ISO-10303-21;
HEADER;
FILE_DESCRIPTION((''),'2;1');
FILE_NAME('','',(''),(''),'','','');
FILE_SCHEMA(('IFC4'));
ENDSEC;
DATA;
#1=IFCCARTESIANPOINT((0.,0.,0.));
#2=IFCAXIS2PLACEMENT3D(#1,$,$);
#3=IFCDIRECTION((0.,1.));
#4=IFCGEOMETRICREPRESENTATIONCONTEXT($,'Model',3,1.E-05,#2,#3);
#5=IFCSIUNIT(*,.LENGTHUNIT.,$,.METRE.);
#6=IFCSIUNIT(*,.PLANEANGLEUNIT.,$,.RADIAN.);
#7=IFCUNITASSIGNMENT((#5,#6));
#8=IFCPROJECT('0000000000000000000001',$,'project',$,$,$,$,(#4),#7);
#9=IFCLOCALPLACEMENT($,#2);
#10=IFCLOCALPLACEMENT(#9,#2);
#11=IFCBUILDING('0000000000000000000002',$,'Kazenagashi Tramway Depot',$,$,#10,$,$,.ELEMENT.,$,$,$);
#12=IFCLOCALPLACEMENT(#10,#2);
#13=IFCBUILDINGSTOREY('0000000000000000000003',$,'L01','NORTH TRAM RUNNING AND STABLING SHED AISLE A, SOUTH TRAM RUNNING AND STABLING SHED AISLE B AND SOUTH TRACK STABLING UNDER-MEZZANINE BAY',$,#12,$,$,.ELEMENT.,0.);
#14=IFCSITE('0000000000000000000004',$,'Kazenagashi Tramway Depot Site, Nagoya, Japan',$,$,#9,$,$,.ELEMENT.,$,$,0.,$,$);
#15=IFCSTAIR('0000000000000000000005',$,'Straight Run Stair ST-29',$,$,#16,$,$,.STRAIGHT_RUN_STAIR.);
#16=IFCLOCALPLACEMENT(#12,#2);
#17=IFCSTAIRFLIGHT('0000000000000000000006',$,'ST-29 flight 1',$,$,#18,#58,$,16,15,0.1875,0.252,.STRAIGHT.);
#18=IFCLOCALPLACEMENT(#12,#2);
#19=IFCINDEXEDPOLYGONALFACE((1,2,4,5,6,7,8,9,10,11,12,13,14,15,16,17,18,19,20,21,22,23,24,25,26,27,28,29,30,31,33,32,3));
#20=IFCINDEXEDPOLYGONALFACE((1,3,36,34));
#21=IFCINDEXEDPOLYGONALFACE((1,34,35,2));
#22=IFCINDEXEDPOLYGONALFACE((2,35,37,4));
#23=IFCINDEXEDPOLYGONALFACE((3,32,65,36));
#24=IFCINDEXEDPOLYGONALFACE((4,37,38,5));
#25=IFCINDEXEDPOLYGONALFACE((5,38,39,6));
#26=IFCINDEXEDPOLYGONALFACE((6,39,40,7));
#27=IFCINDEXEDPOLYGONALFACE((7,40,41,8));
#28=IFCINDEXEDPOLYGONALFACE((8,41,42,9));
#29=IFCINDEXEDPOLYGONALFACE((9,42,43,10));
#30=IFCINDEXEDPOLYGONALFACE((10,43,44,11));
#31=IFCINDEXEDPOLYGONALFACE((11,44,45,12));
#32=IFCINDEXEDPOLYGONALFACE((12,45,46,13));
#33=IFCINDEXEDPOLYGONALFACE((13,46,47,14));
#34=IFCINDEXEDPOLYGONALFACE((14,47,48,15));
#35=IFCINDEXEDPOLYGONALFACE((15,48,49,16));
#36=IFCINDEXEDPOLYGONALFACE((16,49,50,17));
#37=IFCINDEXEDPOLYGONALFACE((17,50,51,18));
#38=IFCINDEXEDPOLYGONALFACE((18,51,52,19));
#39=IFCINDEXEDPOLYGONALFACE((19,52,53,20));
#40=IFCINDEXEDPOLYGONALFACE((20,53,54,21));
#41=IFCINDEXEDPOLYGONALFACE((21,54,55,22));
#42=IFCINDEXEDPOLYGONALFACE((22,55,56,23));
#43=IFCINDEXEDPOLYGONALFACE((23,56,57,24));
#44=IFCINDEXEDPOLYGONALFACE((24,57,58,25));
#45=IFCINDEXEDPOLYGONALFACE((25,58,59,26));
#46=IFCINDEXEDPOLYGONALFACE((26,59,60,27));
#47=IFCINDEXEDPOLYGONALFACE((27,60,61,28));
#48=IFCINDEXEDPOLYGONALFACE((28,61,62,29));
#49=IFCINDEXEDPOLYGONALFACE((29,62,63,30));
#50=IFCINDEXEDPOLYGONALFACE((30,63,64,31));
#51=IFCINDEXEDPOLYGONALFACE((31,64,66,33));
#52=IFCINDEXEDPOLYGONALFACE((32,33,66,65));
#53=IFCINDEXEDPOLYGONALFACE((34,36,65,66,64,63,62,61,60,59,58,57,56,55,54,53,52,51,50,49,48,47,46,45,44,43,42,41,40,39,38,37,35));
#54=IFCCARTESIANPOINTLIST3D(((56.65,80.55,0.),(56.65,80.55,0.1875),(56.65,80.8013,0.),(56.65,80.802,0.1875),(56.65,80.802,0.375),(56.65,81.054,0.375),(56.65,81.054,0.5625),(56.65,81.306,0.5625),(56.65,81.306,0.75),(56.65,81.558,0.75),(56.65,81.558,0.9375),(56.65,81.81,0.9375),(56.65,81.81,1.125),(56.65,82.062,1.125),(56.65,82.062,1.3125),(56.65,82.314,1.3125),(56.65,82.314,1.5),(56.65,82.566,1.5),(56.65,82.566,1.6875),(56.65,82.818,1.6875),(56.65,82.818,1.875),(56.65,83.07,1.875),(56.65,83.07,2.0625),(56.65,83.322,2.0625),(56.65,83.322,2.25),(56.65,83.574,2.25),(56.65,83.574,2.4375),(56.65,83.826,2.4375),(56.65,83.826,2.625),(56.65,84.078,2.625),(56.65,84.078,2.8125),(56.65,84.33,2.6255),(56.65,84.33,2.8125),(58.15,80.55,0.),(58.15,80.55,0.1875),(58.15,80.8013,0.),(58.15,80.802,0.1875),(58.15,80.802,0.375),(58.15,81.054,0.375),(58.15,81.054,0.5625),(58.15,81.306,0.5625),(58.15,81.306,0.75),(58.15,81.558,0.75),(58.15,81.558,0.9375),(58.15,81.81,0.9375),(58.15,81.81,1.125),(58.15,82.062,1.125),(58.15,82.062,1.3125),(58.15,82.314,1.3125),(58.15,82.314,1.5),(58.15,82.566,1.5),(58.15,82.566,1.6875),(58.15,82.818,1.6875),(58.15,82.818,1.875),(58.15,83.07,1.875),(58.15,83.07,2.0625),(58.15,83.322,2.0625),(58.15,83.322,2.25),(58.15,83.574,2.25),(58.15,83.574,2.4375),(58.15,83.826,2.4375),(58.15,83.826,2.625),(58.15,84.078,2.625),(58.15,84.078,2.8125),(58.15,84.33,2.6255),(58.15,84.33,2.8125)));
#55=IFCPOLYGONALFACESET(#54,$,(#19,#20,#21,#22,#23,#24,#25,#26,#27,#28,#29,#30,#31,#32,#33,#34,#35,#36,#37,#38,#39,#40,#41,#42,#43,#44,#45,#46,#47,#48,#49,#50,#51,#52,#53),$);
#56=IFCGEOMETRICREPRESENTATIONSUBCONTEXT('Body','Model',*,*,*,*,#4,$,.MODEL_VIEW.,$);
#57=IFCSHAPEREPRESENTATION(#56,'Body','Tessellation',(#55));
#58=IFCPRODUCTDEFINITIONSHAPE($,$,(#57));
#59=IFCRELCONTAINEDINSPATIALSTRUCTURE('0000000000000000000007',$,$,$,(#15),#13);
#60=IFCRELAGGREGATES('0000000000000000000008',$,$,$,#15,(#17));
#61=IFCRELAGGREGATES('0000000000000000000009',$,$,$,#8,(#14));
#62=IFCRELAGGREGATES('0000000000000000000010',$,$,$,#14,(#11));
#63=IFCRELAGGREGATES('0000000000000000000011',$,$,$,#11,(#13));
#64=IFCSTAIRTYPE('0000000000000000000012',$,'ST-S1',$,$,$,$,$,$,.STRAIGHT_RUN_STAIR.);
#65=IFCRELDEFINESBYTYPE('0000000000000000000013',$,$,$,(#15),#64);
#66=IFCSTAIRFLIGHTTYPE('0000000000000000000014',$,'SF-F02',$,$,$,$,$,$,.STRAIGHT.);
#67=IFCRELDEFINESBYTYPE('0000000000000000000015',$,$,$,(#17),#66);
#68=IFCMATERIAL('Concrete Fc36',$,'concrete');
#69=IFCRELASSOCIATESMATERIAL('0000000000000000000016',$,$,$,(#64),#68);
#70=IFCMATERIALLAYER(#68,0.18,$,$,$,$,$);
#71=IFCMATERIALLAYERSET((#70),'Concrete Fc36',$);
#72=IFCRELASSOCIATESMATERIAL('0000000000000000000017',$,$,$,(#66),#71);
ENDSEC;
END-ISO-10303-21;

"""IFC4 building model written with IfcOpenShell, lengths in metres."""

from ifc_helpers import new_model, si_unit, direction, frame, origin, place, context, subcontext, project, spatial, polyline, outline, extrude, material, layer, layer_set, type_object, element, aggregate, save


model = new_model("IFC4")

# Units and contexts
model_context = context("Model", 3, precision=1e-05, world=origin(), true_north=direction((0.0, 1.0)))
body_context = subcontext(model_context, "Body", "Model", "MODEL_VIEW")
ifc_project = project(units=[si_unit("LENGTHUNIT", "METRE"), si_unit("PLANEANGLEUNIT", "RADIAN")], contexts=[model_context])

# Site, building, storey
site_placement = place(None, origin())
site = spatial("IfcSite", under=ifc_project, at=site_placement, Name="Kazenagashi Tramway Depot Site, Nagoya, Japan", CompositionType="ELEMENT", RefElevation=0.0)
building_placement = place(site_placement, origin())
building = spatial("IfcBuilding", under=site, at=building_placement, Name="Kazenagashi Tramway Depot", CompositionType="ELEMENT")
storey_placement = place(building_placement, origin())
storey = spatial("IfcBuildingStorey", under=building, at=storey_placement, Name="L01", Description="NORTH TRAM RUNNING AND STABLING SHED AISLE A, SOUTH TRAM RUNNING AND STABLING SHED AISLE B AND SOUTH TRACK STABLING UNDER-MEZZANINE BAY", CompositionType="ELEMENT", Elevation=0.0)

# Shared definitions
ifc_material_1 = material(Name="Concrete Fc36", Category="concrete")

# Stair, stair flight
stair_type = type_object("IfcStairType", Name="ST-S1", PredefinedType="STRAIGHT_RUN_STAIR", material=ifc_material_1)
stair_placement = place(storey_placement, origin())
stair = element("IfcStair", 1, at=stair_placement, inside=storey, type_object=stair_type, Name="Straight Run Stair ST-29", PredefinedType="STRAIGHT_RUN_STAIR")
ifc_layer_1 = layer(ifc_material_1, 0.18)
ifc_layer_set_1 = layer_set([ifc_layer_1], Name="Concrete Fc36")
stair_flight_type = type_object("IfcStairFlightType", Name="SF-F02", PredefinedType="STRAIGHT", material=ifc_layer_set_1)
stair_flight_placement = place(storey_placement, frame((57.4, 80.55, 0.0), z_axis=(0.0, 0.0, 1.0), x_axis=(0.0, 1.0, 0.0)))
stair_flight = element("IfcStairFlight", 2, at=stair_flight_placement, type_object=stair_flight_type, Name="ST-29 flight 1", NumberOfRisers=16, NumberOfTreads=15, PredefinedType="STRAIGHT", RiserHeight=0.1875, TreadLength=0.252, context=body_context, shape_type="SweptSolid", body=[
    extrude(outline(polyline([(0.0, 0.0), (0.0, 0.1875), (0.252, 0.1875), (0.252, 0.375), (0.504, 0.375), (0.504, 0.5625), (0.756, 0.5625), (0.756, 0.75), (1.008, 0.75), (1.008, 0.9375), (1.26, 0.9375), (1.26, 1.125), (1.512, 1.125), (1.512, 1.3125), (1.764, 1.3125), (1.764, 1.5), (2.016, 1.5), (2.016, 1.6875), (2.268, 1.6875), (2.268, 1.875), (2.52, 1.875), (2.52, 2.0625), (2.772, 2.0625), (2.772, 2.25), (3.024, 2.25), (3.024, 2.4375), (3.276, 2.4375), (3.276, 2.625), (3.528, 2.625), (3.528, 2.8125), (3.78, 2.8125), (3.78, 3.0), (3.78, 2.6255), (0.2513, 0.0), (0.0, 0.0)])), frame((0.0, 0.75, 0.0), z_axis=(0.0, -1.0, 0.0), x_axis=(1.0, 0.0, 0.0)), (0.0, 0.0, 1.0), 1.5),
])
aggregate(stair, [stair_flight])

save(model, "model.ifc")
